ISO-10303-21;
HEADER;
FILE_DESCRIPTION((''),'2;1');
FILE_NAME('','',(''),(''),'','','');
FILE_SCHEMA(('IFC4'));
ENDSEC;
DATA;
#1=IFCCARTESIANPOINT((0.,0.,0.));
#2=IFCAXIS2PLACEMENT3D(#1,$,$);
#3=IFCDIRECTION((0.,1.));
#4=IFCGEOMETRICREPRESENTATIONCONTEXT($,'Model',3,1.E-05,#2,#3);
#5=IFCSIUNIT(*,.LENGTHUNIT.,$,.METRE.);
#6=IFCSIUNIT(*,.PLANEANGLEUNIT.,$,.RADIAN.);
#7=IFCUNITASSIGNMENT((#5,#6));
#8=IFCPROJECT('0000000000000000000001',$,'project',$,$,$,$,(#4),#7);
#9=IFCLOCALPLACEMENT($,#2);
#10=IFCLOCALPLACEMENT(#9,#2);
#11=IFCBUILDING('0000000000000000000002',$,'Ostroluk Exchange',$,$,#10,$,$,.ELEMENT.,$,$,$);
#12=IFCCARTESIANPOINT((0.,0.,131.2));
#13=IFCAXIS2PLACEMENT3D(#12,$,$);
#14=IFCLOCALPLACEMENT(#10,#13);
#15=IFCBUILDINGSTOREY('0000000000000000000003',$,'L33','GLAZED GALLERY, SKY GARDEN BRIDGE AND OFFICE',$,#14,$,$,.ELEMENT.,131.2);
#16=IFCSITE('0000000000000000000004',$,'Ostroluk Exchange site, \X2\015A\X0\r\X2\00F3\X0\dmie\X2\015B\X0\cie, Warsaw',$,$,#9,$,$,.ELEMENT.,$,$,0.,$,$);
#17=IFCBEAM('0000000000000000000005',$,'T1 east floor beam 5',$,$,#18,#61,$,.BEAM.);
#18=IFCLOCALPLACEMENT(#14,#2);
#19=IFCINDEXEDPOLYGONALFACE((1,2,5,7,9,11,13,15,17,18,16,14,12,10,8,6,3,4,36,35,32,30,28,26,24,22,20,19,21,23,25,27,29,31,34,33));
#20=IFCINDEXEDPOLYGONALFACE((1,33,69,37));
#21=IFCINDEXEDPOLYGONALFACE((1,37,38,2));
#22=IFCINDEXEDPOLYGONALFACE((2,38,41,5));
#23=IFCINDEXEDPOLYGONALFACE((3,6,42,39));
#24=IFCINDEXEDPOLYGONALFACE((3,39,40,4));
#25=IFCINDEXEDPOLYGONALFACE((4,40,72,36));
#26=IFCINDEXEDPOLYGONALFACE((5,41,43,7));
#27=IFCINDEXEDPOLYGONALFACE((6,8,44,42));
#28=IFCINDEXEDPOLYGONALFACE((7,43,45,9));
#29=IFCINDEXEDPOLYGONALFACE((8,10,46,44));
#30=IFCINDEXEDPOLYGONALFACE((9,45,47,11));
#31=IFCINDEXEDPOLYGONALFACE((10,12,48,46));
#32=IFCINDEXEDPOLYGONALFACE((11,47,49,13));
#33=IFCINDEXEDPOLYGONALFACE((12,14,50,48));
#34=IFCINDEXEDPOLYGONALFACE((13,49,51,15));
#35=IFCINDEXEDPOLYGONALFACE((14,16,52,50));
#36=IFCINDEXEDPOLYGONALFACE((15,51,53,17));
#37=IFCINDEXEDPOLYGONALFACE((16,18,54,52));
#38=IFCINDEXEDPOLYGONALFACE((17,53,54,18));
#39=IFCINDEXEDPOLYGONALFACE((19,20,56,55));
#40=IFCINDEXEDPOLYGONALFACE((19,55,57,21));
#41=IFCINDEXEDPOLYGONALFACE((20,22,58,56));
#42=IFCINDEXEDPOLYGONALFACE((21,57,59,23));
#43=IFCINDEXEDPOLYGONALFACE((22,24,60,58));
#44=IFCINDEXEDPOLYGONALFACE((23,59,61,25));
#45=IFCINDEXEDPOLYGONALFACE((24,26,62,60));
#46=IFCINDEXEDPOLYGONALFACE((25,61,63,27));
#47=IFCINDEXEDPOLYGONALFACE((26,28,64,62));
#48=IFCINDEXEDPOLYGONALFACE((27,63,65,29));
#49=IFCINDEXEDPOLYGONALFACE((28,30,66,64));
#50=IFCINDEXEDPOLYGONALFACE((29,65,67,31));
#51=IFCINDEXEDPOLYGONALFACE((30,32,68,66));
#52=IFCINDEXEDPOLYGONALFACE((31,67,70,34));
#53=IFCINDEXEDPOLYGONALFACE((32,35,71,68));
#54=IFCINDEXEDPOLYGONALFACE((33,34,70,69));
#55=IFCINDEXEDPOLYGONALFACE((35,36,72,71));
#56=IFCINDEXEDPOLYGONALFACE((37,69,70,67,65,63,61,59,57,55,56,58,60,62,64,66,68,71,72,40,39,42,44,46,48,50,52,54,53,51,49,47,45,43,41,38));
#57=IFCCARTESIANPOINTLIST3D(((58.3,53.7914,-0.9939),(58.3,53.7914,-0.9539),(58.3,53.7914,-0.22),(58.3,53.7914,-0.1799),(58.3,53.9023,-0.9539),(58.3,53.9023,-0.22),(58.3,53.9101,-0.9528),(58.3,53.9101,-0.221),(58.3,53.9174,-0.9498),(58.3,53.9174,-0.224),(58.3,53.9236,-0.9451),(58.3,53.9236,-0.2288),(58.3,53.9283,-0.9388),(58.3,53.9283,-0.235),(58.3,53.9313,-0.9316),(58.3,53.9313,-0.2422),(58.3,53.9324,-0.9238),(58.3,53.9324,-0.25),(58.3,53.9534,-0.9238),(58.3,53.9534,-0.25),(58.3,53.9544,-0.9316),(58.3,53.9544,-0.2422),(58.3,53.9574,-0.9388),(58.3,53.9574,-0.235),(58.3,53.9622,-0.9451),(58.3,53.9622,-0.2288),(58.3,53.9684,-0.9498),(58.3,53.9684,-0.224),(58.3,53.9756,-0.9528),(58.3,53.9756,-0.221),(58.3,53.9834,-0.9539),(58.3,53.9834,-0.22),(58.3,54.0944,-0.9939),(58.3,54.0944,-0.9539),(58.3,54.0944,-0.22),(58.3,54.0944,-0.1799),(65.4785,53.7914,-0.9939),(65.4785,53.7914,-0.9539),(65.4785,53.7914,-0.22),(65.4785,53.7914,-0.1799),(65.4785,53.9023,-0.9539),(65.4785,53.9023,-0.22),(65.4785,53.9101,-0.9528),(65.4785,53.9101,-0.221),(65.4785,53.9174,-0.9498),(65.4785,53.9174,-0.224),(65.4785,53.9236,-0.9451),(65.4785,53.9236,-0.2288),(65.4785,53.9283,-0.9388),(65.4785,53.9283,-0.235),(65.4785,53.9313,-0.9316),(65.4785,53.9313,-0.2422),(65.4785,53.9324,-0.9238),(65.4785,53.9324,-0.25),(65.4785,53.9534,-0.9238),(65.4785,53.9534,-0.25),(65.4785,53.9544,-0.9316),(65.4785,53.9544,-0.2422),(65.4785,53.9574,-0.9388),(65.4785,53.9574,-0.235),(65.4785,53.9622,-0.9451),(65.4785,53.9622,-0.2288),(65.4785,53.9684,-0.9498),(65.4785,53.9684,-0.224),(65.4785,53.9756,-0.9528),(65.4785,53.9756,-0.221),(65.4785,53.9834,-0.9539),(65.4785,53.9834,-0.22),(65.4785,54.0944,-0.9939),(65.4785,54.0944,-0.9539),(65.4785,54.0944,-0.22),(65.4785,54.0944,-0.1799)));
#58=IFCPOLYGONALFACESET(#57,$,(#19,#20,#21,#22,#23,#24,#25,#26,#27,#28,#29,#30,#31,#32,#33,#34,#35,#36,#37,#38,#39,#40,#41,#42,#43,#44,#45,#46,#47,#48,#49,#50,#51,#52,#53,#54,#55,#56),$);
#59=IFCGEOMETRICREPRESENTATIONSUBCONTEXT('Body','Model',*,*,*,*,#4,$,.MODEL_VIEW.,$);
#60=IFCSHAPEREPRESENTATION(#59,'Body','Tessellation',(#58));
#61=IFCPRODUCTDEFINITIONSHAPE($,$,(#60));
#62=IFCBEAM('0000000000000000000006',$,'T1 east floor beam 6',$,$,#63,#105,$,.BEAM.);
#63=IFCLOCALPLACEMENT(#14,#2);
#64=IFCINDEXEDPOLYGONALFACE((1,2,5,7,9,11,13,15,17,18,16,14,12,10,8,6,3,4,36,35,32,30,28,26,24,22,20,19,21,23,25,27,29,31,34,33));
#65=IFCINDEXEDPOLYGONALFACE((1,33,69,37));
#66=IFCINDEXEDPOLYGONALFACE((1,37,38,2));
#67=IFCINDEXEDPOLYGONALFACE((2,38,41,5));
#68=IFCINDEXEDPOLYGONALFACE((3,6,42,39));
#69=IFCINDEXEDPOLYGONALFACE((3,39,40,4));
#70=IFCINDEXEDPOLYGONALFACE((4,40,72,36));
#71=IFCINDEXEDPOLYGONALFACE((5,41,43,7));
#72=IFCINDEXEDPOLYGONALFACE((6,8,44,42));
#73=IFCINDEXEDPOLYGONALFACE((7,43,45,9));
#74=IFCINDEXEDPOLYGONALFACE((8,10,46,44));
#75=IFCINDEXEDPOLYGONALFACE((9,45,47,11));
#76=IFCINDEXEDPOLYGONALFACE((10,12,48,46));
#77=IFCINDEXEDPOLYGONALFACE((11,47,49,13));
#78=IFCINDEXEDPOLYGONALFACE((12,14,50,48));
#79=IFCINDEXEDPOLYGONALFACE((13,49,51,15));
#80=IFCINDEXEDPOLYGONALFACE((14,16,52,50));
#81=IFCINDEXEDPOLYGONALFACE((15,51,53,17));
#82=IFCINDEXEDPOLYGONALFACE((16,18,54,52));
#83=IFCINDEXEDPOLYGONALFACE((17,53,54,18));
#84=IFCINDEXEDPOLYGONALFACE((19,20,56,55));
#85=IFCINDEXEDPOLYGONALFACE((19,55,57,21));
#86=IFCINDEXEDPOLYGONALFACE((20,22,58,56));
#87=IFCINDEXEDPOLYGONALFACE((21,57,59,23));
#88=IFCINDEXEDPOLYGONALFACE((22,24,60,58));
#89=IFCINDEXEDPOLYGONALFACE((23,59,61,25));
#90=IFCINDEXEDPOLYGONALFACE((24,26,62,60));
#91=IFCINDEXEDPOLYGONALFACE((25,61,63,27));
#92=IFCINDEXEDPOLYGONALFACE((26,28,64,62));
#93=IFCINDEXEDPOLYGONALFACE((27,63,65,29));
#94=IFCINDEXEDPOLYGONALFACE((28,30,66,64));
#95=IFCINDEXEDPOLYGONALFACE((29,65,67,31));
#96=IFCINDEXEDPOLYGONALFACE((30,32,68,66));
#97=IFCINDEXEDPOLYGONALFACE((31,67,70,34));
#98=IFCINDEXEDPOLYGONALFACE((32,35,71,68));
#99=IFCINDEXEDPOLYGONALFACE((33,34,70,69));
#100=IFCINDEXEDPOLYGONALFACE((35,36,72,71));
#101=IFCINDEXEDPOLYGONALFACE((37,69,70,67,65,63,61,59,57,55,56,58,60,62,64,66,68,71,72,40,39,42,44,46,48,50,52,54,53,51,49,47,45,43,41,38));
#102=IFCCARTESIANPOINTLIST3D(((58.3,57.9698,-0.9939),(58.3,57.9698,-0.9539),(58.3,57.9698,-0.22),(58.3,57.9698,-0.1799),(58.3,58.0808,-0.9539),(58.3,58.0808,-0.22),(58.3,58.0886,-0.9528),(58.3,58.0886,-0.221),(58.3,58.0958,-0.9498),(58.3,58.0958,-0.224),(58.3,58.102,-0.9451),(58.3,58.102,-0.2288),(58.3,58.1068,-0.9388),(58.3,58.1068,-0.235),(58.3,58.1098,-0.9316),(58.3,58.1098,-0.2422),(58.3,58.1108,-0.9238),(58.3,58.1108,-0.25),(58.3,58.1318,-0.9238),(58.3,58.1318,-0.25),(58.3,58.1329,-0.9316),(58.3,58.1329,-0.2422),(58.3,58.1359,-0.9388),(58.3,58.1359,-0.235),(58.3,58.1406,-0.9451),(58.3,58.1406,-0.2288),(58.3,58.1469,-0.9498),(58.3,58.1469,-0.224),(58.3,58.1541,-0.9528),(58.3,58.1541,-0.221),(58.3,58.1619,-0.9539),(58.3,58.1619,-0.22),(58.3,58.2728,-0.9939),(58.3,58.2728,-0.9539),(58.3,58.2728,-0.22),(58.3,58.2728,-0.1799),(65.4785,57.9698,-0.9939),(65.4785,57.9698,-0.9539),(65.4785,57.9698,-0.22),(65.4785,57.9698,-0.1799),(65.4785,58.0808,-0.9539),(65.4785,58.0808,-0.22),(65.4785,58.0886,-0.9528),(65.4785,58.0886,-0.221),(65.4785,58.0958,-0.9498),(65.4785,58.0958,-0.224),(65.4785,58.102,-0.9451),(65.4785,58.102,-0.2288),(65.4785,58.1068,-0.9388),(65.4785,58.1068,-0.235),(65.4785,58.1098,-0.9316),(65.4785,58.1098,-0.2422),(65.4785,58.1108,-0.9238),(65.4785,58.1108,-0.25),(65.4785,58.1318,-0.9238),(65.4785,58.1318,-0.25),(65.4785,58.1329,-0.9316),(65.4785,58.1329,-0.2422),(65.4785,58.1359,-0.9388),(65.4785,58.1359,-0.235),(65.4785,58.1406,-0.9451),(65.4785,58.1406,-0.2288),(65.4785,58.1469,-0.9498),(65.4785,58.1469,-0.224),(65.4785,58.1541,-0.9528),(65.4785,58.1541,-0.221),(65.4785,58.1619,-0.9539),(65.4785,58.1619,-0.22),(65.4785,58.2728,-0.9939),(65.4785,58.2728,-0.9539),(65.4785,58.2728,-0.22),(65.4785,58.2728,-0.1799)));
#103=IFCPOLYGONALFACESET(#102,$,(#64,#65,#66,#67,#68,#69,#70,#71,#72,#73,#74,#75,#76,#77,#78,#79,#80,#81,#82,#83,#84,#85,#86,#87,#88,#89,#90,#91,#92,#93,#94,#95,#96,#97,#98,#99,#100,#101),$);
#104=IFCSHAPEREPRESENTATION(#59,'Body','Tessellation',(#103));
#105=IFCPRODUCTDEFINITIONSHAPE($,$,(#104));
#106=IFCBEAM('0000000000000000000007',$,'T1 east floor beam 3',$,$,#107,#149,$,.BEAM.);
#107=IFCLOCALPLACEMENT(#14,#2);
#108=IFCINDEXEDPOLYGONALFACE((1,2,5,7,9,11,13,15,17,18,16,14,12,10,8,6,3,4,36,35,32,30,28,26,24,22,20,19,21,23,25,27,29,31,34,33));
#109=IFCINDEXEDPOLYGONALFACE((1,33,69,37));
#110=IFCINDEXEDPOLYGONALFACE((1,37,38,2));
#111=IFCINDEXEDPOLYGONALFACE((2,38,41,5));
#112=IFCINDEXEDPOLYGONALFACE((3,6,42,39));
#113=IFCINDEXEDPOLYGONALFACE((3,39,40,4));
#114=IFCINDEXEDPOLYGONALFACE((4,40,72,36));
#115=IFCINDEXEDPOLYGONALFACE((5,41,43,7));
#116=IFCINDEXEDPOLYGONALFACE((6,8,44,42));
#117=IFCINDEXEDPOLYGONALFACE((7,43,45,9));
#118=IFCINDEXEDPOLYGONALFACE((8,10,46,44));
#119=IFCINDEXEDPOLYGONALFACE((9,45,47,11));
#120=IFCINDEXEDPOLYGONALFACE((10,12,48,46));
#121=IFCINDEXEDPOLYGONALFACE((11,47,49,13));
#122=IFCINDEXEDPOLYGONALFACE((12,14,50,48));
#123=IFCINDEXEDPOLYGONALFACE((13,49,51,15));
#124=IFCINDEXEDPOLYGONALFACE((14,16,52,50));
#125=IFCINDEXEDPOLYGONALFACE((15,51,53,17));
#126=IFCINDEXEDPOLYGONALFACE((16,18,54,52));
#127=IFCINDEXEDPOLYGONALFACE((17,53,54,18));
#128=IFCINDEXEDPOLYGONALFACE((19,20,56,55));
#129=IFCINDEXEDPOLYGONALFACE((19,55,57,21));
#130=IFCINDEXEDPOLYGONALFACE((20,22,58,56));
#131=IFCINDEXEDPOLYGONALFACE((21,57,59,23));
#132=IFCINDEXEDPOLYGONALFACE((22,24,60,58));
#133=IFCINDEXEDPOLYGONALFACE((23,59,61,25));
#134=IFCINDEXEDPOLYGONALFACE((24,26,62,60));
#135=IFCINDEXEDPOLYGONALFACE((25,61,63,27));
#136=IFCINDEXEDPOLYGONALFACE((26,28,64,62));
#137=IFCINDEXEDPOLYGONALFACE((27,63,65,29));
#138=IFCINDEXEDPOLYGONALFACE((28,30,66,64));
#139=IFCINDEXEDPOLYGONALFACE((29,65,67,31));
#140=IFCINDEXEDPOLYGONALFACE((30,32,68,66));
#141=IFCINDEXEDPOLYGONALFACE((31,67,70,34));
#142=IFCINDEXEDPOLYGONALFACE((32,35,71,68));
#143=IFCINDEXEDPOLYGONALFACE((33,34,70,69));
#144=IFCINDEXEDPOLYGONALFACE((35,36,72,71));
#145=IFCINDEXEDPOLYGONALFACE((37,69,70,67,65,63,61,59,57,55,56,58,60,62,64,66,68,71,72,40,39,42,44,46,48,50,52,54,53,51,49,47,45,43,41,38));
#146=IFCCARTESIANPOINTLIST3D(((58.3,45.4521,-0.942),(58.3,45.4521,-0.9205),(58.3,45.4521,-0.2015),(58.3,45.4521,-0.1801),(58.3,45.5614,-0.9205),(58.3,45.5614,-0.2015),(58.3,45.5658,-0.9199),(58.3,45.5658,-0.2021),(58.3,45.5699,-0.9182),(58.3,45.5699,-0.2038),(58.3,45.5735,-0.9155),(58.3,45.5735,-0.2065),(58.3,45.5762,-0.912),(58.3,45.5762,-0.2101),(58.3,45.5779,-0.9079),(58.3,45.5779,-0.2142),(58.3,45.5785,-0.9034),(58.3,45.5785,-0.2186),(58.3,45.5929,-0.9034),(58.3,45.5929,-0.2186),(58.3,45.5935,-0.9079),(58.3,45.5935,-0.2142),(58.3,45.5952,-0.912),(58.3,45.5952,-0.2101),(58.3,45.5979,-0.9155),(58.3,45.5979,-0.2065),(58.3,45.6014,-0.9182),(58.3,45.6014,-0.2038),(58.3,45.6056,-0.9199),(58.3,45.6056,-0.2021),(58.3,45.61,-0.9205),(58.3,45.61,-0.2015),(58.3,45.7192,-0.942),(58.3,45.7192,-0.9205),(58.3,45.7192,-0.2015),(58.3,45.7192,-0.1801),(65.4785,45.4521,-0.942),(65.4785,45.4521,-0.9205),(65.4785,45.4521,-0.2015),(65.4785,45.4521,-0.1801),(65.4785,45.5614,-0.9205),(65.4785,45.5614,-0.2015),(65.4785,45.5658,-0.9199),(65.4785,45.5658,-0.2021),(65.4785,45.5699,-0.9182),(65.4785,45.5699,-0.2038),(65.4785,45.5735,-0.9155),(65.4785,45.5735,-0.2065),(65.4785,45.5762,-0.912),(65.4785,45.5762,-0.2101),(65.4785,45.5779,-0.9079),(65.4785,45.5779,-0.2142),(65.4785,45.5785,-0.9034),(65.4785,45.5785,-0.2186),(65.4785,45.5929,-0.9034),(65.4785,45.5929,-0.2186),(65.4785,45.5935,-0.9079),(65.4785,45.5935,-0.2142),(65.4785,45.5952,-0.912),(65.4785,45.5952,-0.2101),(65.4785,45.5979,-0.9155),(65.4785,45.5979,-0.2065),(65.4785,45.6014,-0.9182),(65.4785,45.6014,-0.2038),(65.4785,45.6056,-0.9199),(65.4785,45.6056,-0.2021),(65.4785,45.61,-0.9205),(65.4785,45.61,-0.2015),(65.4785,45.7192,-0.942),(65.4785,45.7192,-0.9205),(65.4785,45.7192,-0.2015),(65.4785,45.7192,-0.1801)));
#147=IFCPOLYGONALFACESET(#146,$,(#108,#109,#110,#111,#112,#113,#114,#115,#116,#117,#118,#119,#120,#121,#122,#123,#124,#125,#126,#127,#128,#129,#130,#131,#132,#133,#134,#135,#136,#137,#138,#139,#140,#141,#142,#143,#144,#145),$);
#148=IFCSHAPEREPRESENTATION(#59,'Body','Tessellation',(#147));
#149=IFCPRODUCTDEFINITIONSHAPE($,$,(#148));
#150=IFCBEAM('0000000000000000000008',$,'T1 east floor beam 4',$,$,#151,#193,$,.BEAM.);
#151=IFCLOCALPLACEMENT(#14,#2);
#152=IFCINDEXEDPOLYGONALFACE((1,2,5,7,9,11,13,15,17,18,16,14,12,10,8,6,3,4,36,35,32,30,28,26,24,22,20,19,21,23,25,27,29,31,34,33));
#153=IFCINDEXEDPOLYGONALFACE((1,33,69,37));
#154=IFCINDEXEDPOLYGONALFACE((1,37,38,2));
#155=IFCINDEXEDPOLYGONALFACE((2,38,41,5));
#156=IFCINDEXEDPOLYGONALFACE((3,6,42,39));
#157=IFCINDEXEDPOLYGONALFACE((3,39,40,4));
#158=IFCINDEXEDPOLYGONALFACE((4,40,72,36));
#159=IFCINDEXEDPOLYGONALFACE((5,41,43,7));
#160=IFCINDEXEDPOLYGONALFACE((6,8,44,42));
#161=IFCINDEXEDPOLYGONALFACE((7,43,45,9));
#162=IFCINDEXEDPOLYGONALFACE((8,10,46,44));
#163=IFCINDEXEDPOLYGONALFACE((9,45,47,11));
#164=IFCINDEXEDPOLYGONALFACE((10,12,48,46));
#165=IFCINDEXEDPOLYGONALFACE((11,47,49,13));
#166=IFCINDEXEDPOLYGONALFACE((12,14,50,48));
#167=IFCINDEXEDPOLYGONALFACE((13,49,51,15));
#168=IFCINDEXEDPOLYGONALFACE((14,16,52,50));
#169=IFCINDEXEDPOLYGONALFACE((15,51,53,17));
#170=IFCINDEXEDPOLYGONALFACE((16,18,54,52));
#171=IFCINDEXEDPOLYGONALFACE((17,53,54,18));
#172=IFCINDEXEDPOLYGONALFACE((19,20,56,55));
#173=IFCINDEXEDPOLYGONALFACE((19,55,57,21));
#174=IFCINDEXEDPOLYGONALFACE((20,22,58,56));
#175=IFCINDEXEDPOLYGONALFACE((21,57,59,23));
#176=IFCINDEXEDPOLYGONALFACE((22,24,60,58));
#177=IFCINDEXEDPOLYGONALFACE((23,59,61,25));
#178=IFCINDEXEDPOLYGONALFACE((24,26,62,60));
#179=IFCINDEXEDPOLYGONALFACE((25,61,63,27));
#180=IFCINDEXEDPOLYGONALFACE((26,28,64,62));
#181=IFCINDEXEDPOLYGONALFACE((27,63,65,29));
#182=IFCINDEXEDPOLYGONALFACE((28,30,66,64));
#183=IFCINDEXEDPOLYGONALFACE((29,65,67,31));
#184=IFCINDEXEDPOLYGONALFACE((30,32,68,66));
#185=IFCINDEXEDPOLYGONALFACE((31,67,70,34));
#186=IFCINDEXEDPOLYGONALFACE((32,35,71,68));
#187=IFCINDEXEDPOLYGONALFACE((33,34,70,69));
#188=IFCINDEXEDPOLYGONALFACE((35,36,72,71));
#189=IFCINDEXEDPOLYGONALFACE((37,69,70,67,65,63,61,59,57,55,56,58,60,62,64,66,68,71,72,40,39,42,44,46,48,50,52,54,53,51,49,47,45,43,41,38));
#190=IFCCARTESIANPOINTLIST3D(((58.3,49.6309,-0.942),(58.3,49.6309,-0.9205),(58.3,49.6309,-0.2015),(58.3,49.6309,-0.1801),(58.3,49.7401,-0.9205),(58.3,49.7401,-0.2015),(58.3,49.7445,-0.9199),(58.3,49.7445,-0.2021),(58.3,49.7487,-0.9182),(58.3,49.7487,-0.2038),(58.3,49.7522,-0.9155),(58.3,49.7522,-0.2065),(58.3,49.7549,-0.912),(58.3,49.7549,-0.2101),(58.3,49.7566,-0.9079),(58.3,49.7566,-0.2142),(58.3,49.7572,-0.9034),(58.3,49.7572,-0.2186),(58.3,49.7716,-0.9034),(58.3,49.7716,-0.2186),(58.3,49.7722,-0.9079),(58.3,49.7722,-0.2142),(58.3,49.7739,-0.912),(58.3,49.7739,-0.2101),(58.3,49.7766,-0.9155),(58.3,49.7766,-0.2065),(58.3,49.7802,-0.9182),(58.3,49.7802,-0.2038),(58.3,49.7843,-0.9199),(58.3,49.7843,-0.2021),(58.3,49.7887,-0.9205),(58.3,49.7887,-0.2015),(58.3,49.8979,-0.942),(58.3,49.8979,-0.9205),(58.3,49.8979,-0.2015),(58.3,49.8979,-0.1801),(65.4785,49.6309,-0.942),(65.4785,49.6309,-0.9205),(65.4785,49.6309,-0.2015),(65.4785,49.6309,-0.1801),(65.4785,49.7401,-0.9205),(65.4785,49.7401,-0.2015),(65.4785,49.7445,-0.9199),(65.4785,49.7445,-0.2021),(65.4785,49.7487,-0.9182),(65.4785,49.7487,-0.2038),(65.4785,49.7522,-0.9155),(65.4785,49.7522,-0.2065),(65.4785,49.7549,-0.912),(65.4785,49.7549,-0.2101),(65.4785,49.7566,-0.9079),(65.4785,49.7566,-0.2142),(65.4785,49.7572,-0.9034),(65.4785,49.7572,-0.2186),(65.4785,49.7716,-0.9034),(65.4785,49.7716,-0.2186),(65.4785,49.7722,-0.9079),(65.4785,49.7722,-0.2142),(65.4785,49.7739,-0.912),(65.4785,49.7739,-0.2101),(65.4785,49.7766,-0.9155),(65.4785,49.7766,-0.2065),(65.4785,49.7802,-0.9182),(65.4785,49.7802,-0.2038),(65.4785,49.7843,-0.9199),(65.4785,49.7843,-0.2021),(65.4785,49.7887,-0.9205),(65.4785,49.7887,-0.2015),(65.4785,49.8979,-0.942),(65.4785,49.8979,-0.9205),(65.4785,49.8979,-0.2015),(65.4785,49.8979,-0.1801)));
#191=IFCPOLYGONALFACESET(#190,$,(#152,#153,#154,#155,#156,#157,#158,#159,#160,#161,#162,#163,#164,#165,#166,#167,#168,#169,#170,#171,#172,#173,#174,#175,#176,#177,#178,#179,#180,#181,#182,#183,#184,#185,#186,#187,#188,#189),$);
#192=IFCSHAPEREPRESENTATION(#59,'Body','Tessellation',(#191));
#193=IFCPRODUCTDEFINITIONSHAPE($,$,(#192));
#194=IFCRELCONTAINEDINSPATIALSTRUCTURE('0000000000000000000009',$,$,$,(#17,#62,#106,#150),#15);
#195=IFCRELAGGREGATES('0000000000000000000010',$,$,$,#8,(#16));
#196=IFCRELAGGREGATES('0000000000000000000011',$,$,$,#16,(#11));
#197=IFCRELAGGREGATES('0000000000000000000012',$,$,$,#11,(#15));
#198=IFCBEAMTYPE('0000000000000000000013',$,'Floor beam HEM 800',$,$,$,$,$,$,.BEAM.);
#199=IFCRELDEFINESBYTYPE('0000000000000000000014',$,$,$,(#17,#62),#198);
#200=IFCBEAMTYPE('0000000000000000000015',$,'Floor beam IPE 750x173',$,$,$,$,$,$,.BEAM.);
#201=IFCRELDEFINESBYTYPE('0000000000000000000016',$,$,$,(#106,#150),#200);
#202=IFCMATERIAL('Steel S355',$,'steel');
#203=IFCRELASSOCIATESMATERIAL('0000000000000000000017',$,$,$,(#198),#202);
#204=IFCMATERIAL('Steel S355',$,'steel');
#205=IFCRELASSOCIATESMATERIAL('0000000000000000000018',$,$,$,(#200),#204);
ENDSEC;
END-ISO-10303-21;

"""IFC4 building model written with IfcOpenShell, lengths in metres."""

from ifc_helpers import new_model, si_unit, direction, frame, origin, origin_2d, place, context, subcontext, project, spatial, i_section, extrude, material, material_profile, profile_set, type_object, element, save


model = new_model("IFC4")

# Units and contexts
model_context = context("Model", 3, precision=1e-05, world=origin(), true_north=direction((0.0, 1.0)))
body_context = subcontext(model_context, "Body", "Model", "MODEL_VIEW")
ifc_project = project(units=[si_unit("LENGTHUNIT", "METRE"), si_unit("PLANEANGLEUNIT", "RADIAN")], contexts=[model_context])

# Site, building, storey
site_placement = place(None, origin())
site = spatial("IfcSite", under=ifc_project, at=site_placement, Name="Ostroluk Exchange site, Śródmieście, Warsaw", CompositionType="ELEMENT", RefElevation=0.0)
building_placement = place(site_placement, origin())
building = spatial("IfcBuilding", under=site, at=building_placement, Name="Ostroluk Exchange", CompositionType="ELEMENT")
storey_placement = place(building_placement, frame((0.0, 0.0, 131.2)))
storey = spatial("IfcBuildingStorey", under=building, at=storey_placement, Name="L33", Description="GLAZED GALLERY, SKY GARDEN BRIDGE AND OFFICE", CompositionType="ELEMENT", Elevation=131.2)

# Beams
ifc_material_1 = material(Name="Steel S355", Category="steel")
ifc_material_profile_1 = material_profile(ifc_material_1, i_section(OverallWidth=0.303, OverallDepth=0.814, WebThickness=0.021, FlangeThickness=0.04, FilletRadius=0.03, at=origin_2d()), Name="HEM 800")
ifc_profile_set_1 = profile_set([ifc_material_profile_1], Name="Steel S355")
beam_type_1 = type_object("IfcBeamType", Name="Floor beam HEM 800", PredefinedType="BEAM", material=ifc_profile_set_1)
for number, where, z_axis, x_axis, name in (
    (1, (58.3, 53.9429, -0.5869), (1.0, 0.0, 0.0), (0.0, 1.0, 0.0), "T1 east floor beam 5"),
    (2, (58.3, 58.1213, -0.5869), (1.0, 0.0, 0.0), (0.0, 1.0, 0.0), "T1 east floor beam 6"),
):
    element("IfcBeam", number, at=place(storey_placement, frame(where, z_axis=z_axis, x_axis=x_axis)), inside=storey, type_object=beam_type_1, Name=name, PredefinedType="BEAM", context=body_context, shape_type="SweptSolid", body=[
        extrude(i_section(OverallWidth=0.303, OverallDepth=0.814, WebThickness=0.021, FlangeThickness=0.04, FilletRadius=0.03, at=origin_2d()), origin(), (0.0, 0.0, 1.0), 7.1785),
    ])
ifc_material_2 = material(Name="Steel S355", Category="steel")
ifc_material_profile_2 = material_profile(ifc_material_2, i_section(OverallWidth=0.2671, OverallDepth=0.762, WebThickness=0.0144, FlangeThickness=0.0215, FilletRadius=0.0171, at=origin_2d()), Name="IPE 750x173")
ifc_profile_set_2 = profile_set([ifc_material_profile_2], Name="Steel S355")
beam_type_2 = type_object("IfcBeamType", Name="Floor beam IPE 750x173", PredefinedType="BEAM", material=ifc_profile_set_2)
for number, where, z_axis, x_axis, name in (
    (3, (58.3, 45.5857, -0.561), (1.0, 0.0, 0.0), (0.0, 1.0, 0.0), "T1 east floor beam 3"),
    (4, (58.3, 49.7644, -0.561), (1.0, 0.0, 0.0), (0.0, 1.0, 0.0), "T1 east floor beam 4"),
):
    element("IfcBeam", number, at=place(storey_placement, frame(where, z_axis=z_axis, x_axis=x_axis)), inside=storey, type_object=beam_type_2, Name=name, PredefinedType="BEAM", context=body_context, shape_type="SweptSolid", body=[
        extrude(i_section(OverallWidth=0.2671, OverallDepth=0.762, WebThickness=0.0144, FlangeThickness=0.0215, FilletRadius=0.0171, at=origin_2d()), origin(), (0.0, 0.0, 1.0), 7.1785),
    ])

save(model, "model.ifc")
